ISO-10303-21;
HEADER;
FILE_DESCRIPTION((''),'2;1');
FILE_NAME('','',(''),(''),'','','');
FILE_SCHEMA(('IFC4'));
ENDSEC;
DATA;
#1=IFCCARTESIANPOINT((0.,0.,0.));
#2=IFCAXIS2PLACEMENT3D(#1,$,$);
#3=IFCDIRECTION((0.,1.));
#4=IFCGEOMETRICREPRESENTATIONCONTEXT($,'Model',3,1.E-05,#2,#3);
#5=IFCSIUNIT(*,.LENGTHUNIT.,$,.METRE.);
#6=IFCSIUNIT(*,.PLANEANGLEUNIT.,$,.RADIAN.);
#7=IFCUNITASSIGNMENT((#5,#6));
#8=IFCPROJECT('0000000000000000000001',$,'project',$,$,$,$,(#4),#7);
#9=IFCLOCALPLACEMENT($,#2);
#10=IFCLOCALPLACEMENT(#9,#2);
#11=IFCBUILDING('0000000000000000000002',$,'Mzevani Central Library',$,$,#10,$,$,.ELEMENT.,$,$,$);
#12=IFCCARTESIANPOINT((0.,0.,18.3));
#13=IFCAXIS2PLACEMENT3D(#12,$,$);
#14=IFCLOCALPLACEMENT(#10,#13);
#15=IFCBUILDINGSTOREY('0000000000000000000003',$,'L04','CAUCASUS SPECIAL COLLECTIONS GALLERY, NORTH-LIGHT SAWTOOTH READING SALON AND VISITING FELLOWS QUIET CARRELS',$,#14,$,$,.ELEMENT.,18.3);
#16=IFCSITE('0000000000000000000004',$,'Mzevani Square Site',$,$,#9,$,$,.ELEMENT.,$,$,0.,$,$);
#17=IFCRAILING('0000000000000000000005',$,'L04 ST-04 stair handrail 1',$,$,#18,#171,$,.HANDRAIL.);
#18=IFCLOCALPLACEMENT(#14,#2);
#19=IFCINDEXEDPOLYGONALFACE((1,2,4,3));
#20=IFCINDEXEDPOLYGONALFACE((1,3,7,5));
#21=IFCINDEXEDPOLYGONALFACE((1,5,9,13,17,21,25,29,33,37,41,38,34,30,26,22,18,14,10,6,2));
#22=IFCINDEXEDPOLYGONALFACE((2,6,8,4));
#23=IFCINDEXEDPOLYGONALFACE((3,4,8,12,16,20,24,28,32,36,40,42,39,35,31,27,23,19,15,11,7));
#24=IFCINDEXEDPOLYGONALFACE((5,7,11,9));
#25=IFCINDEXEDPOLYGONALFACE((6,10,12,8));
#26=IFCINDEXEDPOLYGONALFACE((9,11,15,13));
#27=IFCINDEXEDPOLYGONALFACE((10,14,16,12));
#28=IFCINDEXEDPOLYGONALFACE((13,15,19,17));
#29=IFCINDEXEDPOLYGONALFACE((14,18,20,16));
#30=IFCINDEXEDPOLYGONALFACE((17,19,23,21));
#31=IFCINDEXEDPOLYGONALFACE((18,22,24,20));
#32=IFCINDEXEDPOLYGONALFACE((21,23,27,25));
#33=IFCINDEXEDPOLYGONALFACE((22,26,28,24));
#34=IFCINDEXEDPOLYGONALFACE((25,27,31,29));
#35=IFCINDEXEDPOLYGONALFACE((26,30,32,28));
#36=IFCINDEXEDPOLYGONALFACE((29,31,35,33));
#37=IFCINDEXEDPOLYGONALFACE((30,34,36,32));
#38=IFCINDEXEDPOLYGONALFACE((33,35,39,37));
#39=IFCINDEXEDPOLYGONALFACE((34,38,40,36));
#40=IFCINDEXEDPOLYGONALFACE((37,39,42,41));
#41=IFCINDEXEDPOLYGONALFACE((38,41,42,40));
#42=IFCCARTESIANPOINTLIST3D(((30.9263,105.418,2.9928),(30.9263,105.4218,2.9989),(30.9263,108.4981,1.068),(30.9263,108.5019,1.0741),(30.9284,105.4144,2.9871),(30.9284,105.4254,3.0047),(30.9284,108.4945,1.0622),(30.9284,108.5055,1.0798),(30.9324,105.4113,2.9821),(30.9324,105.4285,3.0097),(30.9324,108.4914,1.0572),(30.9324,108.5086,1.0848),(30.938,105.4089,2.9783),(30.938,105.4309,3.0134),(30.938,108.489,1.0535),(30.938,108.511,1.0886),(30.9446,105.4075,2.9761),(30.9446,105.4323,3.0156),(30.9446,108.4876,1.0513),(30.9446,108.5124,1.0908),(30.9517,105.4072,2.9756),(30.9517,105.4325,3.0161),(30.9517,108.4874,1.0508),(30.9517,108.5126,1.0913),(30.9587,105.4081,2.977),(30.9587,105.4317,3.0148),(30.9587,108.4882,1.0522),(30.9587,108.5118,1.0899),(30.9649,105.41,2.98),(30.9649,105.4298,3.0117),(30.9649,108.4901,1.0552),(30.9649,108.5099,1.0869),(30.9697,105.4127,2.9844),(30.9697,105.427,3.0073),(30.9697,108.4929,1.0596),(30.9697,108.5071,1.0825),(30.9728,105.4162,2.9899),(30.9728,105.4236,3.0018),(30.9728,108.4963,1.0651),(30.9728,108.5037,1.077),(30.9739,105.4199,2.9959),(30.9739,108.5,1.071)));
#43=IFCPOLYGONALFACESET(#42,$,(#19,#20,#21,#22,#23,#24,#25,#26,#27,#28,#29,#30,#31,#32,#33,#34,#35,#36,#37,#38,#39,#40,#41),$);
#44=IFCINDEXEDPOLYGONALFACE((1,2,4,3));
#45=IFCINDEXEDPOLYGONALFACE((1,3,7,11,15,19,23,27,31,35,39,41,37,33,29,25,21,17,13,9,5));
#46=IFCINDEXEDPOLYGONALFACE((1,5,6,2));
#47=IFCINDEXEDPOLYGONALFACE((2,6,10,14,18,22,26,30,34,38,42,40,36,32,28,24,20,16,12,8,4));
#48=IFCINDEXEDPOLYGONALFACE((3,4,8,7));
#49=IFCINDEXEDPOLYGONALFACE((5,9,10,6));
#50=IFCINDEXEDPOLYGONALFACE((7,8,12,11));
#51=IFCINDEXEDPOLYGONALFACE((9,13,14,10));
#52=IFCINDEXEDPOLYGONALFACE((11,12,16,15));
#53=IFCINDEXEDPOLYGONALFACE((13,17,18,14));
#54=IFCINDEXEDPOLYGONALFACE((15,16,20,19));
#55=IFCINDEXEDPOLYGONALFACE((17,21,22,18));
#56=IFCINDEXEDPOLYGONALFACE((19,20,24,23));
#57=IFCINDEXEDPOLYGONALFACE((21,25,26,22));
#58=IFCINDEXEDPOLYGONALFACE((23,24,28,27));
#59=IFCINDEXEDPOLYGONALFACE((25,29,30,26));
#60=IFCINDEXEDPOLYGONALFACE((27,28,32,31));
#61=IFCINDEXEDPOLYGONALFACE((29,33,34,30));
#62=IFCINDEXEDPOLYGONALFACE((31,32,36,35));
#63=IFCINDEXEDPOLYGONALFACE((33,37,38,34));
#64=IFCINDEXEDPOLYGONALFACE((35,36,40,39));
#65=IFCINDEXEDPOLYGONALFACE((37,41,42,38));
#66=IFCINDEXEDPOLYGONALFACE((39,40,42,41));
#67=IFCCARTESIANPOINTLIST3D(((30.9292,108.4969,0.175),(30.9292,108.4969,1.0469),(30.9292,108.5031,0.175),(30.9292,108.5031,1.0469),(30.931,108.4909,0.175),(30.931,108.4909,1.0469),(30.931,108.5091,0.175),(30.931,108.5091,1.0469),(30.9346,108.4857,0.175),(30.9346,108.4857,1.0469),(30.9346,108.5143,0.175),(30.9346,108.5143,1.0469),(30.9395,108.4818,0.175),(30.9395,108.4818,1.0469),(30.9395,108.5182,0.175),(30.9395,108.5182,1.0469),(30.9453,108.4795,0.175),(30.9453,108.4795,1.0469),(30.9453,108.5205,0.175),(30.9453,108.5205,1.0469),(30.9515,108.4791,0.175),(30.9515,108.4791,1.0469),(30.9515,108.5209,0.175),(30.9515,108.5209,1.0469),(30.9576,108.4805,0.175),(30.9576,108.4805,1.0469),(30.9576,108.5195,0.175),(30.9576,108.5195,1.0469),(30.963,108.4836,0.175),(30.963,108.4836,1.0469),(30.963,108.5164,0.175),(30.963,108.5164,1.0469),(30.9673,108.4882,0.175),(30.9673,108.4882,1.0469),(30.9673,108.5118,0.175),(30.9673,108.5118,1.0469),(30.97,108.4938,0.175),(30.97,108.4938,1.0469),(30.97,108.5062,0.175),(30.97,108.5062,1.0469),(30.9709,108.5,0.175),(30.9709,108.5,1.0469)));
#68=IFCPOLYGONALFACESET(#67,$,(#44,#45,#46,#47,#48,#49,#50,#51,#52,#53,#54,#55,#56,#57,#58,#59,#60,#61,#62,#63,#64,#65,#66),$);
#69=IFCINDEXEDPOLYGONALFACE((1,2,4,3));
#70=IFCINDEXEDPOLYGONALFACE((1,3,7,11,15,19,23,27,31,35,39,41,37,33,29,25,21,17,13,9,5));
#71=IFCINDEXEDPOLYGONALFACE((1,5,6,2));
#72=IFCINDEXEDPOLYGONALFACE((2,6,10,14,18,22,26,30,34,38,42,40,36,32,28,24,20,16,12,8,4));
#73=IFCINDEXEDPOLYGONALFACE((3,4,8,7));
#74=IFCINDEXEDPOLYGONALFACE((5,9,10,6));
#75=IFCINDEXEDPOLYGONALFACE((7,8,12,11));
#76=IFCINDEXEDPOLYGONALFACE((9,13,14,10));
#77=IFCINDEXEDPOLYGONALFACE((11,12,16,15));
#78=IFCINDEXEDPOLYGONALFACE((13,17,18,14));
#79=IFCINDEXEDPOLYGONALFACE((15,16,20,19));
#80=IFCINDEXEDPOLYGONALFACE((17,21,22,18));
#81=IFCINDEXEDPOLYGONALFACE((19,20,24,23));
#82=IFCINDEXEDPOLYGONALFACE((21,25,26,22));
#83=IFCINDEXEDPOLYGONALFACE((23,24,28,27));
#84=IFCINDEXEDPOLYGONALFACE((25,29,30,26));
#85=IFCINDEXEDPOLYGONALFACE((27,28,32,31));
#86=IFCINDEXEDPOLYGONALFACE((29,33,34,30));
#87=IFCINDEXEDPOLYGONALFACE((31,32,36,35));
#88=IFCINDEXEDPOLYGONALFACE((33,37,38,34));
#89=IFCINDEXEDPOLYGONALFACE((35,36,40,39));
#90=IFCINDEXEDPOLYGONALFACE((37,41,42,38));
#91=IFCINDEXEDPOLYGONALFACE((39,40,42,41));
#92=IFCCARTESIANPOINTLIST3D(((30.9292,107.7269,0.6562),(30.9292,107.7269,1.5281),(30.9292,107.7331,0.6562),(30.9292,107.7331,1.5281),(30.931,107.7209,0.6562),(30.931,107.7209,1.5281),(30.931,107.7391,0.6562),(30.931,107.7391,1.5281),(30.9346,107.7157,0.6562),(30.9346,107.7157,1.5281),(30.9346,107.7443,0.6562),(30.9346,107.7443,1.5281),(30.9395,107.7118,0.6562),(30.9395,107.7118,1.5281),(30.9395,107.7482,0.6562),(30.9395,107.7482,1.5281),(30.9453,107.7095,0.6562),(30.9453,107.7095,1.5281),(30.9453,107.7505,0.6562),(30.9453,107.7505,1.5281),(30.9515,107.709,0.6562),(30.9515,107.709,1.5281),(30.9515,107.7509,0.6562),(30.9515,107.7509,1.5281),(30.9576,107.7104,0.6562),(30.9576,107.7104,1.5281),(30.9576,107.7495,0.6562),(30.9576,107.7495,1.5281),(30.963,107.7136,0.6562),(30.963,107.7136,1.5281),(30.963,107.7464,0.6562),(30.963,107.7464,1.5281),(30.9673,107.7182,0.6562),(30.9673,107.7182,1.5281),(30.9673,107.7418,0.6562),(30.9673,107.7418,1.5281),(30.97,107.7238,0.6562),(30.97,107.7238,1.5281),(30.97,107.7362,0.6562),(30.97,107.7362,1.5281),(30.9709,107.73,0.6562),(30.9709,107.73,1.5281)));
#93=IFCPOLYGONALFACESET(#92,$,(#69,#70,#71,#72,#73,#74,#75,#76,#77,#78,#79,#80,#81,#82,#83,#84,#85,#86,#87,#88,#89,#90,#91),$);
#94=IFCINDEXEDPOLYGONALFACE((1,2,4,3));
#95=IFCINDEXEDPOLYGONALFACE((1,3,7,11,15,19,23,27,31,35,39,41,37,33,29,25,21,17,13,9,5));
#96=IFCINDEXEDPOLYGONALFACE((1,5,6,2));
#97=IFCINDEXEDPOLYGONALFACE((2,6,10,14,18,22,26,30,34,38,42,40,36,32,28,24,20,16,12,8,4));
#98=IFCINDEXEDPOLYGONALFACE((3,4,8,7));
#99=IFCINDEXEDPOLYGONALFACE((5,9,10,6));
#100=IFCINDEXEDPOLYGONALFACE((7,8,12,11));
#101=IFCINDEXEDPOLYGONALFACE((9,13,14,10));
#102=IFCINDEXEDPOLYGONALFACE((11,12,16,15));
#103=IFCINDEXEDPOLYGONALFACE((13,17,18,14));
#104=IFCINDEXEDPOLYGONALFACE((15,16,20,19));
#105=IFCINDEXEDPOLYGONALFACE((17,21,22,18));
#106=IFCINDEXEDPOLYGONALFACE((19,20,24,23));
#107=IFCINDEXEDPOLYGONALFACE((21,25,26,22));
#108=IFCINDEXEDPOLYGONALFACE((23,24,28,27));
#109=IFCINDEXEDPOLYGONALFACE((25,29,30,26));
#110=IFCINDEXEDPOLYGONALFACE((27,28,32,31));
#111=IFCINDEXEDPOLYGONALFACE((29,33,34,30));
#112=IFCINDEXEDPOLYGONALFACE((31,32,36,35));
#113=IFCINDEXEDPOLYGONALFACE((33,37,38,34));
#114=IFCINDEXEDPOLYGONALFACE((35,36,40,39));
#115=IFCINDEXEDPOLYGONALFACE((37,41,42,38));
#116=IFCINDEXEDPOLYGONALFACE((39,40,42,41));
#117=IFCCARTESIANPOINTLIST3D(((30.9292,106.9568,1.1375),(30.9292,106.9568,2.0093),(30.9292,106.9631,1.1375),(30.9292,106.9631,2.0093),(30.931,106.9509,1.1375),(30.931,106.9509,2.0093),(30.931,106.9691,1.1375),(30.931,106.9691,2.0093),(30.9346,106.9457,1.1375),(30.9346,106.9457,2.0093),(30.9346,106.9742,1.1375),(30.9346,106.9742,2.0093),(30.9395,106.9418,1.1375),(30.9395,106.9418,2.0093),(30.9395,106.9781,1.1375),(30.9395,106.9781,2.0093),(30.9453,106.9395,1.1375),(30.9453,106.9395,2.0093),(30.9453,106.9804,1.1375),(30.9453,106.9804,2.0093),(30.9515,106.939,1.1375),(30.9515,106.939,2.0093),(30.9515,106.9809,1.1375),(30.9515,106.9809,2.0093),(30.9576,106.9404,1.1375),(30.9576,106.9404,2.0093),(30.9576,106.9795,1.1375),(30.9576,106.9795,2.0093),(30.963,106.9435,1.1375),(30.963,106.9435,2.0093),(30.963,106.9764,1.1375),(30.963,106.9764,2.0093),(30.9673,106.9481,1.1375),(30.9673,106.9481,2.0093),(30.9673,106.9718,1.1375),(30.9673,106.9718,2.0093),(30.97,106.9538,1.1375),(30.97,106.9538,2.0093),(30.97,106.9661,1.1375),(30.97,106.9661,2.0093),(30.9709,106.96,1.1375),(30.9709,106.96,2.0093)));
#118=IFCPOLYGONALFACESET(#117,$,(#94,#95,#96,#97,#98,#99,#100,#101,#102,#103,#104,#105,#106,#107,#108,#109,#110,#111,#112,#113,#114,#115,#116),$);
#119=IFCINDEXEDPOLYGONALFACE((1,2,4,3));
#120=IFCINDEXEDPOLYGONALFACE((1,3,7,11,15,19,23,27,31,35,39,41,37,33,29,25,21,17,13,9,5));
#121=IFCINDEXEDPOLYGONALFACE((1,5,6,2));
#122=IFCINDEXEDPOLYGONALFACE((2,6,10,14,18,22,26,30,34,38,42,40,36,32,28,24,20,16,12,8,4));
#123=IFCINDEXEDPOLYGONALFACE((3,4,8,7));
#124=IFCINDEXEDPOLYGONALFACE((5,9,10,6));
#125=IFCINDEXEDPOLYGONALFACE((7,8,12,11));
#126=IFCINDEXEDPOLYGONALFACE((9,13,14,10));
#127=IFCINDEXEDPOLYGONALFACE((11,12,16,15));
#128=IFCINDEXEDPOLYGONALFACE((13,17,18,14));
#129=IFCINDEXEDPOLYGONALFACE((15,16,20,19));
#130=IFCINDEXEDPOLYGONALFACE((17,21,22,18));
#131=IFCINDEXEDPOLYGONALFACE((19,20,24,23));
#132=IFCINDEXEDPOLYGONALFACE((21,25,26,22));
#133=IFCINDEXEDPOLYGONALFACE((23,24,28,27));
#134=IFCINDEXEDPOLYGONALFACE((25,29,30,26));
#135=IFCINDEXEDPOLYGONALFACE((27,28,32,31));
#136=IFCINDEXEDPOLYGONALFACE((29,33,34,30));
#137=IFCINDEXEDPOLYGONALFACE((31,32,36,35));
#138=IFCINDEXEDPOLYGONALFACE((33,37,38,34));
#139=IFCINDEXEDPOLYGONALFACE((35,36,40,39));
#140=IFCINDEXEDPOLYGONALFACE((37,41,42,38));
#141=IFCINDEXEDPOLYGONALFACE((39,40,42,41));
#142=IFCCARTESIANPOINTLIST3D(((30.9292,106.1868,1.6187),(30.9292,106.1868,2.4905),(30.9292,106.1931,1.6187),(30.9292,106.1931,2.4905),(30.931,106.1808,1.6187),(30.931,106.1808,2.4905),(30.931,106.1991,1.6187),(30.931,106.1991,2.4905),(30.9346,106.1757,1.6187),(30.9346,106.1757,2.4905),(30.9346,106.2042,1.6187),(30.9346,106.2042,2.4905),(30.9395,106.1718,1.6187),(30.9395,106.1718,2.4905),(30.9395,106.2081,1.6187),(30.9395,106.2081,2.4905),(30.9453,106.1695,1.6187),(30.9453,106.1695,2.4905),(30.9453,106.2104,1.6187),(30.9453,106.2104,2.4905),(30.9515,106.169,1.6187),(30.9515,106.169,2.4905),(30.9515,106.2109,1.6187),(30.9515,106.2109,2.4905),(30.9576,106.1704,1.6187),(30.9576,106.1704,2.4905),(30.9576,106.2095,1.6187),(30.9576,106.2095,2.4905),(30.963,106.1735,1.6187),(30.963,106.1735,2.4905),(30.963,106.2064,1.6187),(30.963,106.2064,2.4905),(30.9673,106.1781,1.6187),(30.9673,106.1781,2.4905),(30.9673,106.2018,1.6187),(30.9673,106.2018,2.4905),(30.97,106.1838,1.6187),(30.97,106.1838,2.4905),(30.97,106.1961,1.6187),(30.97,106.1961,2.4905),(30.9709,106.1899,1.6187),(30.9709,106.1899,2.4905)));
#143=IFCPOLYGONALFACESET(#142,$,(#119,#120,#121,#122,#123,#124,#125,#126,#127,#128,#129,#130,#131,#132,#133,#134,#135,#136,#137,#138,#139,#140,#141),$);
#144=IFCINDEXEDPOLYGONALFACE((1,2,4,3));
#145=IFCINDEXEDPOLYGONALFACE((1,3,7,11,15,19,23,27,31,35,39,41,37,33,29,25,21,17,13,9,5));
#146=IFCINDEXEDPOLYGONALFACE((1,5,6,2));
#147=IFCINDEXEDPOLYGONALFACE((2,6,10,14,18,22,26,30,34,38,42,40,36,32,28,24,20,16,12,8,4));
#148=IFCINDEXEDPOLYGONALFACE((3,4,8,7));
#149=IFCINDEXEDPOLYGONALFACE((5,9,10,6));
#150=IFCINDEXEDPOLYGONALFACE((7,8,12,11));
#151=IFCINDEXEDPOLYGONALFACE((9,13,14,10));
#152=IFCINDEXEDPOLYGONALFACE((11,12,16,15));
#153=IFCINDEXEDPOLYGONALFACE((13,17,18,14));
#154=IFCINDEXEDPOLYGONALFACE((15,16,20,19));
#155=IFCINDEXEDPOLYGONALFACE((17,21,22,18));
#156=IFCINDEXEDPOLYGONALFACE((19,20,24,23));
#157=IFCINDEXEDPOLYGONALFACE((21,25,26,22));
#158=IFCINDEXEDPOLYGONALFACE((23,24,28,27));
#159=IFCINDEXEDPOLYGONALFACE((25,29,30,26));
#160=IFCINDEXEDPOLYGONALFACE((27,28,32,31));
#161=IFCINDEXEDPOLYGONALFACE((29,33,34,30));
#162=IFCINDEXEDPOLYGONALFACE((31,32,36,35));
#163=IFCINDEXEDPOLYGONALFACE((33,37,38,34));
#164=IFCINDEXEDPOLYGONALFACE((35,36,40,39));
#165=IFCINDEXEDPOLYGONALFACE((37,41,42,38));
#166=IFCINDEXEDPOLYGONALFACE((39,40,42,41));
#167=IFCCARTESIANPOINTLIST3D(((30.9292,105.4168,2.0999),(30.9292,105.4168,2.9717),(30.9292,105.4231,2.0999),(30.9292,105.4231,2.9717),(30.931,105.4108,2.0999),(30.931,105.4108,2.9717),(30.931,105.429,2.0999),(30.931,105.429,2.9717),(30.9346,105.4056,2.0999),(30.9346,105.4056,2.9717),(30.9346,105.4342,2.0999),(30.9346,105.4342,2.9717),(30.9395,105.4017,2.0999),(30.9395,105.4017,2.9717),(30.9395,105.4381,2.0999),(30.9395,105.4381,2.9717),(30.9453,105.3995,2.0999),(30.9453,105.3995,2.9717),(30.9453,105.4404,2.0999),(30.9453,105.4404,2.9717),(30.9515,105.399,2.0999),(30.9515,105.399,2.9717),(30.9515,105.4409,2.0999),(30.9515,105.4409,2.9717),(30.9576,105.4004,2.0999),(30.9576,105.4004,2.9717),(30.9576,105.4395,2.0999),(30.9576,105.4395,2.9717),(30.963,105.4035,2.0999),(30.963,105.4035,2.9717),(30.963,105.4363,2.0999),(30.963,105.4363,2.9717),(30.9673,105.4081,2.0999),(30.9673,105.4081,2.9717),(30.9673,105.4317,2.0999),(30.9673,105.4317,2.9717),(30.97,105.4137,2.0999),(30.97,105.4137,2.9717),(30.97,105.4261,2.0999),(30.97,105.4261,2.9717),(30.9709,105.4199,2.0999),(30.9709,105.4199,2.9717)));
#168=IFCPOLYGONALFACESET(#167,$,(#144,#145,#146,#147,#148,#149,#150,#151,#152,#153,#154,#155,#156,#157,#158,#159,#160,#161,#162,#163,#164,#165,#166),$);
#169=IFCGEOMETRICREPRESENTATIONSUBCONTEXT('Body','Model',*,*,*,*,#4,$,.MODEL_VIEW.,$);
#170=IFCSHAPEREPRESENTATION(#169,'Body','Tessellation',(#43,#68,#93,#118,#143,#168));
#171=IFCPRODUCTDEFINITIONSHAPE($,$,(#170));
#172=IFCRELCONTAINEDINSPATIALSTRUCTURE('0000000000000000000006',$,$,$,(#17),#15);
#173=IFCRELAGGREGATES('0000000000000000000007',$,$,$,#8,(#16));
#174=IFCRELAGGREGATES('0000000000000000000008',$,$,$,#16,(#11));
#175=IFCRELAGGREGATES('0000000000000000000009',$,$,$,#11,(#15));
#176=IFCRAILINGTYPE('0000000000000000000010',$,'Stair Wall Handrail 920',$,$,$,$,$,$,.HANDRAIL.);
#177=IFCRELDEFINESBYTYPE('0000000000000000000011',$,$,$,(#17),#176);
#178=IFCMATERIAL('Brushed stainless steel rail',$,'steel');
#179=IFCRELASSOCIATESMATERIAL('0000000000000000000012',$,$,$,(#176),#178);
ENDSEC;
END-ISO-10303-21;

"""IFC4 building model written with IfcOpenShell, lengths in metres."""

from ifc_helpers import new_model, si_unit, direction, frame, origin, origin_2d, place, context, subcontext, project, spatial, circle, extrude, material, type_object, element, save


model = new_model("IFC4")

# Units and contexts
model_context = context("Model", 3, precision=1e-05, world=origin(), true_north=direction((0.0, 1.0)))
body_context = subcontext(model_context, "Body", "Model", "MODEL_VIEW")
ifc_project = project(units=[si_unit("LENGTHUNIT", "METRE"), si_unit("PLANEANGLEUNIT", "RADIAN")], contexts=[model_context])

# Site, building, storey
site_placement = place(None, origin())
site = spatial("IfcSite", under=ifc_project, at=site_placement, Name="Mzevani Square Site", CompositionType="ELEMENT", RefElevation=0.0)
building_placement = place(site_placement, origin())
building = spatial("IfcBuilding", under=site, at=building_placement, Name="Mzevani Central Library", CompositionType="ELEMENT")
storey_placement = place(building_placement, frame((0.0, 0.0, 18.3)))
storey = spatial("IfcBuildingStorey", under=building, at=storey_placement, Name="L04", Description="CAUCASUS SPECIAL COLLECTIONS GALLERY, NORTH-LIGHT SAWTOOTH READING SALON AND VISITING FELLOWS QUIET CARRELS", CompositionType="ELEMENT", Elevation=18.3)

# Shared definitions
ifc_material_1 = material(Name="Brushed stainless steel rail", Category="steel")

# Railing
railing_type_1 = type_object("IfcRailingType", Name="Stair Wall Handrail 920", PredefinedType="HANDRAIL", material=ifc_material_1)
railing_1_placement = place(storey_placement, frame((30.95, 108.5, 0.175)))
element("IfcRailing", 1, at=railing_1_placement, inside=storey, type_object=railing_type_1, Name="L04 ST-04 stair handrail 1", PredefinedType="HANDRAIL", context=body_context, shape_type="SweptSolid", body=[
    extrude(circle(Radius=0.0239, at=origin_2d()), frame((0.0, 0.0, 0.896), z_axis=(0.0, -0.848029, 0.529951), x_axis=(1.0, 0.0, 0.0)), (0.0, 0.0, 1.0), 3.6321),
    extrude(circle(Radius=0.021, at=origin_2d()), origin(), (0.0, 0.0, 1.0), 0.8718),
    extrude(circle(Radius=0.021, at=origin_2d()), frame((0.0, -0.77, 0.4812)), (0.0, 0.0, 1.0), 0.8718),
    extrude(circle(Radius=0.021, at=origin_2d()), frame((0.0, -1.54, 0.9624)), (0.0, 0.0, 1.0), 0.8718),
    extrude(circle(Radius=0.021, at=origin_2d()), frame((0.0, -2.3101, 1.4436)), (0.0, 0.0, 1.0), 0.8718),
    extrude(circle(Radius=0.021, at=origin_2d()), frame((0.0, -3.0801, 1.9248)), (0.0, 0.0, 1.0), 0.8718),
])

save(model, "model.ifc")
